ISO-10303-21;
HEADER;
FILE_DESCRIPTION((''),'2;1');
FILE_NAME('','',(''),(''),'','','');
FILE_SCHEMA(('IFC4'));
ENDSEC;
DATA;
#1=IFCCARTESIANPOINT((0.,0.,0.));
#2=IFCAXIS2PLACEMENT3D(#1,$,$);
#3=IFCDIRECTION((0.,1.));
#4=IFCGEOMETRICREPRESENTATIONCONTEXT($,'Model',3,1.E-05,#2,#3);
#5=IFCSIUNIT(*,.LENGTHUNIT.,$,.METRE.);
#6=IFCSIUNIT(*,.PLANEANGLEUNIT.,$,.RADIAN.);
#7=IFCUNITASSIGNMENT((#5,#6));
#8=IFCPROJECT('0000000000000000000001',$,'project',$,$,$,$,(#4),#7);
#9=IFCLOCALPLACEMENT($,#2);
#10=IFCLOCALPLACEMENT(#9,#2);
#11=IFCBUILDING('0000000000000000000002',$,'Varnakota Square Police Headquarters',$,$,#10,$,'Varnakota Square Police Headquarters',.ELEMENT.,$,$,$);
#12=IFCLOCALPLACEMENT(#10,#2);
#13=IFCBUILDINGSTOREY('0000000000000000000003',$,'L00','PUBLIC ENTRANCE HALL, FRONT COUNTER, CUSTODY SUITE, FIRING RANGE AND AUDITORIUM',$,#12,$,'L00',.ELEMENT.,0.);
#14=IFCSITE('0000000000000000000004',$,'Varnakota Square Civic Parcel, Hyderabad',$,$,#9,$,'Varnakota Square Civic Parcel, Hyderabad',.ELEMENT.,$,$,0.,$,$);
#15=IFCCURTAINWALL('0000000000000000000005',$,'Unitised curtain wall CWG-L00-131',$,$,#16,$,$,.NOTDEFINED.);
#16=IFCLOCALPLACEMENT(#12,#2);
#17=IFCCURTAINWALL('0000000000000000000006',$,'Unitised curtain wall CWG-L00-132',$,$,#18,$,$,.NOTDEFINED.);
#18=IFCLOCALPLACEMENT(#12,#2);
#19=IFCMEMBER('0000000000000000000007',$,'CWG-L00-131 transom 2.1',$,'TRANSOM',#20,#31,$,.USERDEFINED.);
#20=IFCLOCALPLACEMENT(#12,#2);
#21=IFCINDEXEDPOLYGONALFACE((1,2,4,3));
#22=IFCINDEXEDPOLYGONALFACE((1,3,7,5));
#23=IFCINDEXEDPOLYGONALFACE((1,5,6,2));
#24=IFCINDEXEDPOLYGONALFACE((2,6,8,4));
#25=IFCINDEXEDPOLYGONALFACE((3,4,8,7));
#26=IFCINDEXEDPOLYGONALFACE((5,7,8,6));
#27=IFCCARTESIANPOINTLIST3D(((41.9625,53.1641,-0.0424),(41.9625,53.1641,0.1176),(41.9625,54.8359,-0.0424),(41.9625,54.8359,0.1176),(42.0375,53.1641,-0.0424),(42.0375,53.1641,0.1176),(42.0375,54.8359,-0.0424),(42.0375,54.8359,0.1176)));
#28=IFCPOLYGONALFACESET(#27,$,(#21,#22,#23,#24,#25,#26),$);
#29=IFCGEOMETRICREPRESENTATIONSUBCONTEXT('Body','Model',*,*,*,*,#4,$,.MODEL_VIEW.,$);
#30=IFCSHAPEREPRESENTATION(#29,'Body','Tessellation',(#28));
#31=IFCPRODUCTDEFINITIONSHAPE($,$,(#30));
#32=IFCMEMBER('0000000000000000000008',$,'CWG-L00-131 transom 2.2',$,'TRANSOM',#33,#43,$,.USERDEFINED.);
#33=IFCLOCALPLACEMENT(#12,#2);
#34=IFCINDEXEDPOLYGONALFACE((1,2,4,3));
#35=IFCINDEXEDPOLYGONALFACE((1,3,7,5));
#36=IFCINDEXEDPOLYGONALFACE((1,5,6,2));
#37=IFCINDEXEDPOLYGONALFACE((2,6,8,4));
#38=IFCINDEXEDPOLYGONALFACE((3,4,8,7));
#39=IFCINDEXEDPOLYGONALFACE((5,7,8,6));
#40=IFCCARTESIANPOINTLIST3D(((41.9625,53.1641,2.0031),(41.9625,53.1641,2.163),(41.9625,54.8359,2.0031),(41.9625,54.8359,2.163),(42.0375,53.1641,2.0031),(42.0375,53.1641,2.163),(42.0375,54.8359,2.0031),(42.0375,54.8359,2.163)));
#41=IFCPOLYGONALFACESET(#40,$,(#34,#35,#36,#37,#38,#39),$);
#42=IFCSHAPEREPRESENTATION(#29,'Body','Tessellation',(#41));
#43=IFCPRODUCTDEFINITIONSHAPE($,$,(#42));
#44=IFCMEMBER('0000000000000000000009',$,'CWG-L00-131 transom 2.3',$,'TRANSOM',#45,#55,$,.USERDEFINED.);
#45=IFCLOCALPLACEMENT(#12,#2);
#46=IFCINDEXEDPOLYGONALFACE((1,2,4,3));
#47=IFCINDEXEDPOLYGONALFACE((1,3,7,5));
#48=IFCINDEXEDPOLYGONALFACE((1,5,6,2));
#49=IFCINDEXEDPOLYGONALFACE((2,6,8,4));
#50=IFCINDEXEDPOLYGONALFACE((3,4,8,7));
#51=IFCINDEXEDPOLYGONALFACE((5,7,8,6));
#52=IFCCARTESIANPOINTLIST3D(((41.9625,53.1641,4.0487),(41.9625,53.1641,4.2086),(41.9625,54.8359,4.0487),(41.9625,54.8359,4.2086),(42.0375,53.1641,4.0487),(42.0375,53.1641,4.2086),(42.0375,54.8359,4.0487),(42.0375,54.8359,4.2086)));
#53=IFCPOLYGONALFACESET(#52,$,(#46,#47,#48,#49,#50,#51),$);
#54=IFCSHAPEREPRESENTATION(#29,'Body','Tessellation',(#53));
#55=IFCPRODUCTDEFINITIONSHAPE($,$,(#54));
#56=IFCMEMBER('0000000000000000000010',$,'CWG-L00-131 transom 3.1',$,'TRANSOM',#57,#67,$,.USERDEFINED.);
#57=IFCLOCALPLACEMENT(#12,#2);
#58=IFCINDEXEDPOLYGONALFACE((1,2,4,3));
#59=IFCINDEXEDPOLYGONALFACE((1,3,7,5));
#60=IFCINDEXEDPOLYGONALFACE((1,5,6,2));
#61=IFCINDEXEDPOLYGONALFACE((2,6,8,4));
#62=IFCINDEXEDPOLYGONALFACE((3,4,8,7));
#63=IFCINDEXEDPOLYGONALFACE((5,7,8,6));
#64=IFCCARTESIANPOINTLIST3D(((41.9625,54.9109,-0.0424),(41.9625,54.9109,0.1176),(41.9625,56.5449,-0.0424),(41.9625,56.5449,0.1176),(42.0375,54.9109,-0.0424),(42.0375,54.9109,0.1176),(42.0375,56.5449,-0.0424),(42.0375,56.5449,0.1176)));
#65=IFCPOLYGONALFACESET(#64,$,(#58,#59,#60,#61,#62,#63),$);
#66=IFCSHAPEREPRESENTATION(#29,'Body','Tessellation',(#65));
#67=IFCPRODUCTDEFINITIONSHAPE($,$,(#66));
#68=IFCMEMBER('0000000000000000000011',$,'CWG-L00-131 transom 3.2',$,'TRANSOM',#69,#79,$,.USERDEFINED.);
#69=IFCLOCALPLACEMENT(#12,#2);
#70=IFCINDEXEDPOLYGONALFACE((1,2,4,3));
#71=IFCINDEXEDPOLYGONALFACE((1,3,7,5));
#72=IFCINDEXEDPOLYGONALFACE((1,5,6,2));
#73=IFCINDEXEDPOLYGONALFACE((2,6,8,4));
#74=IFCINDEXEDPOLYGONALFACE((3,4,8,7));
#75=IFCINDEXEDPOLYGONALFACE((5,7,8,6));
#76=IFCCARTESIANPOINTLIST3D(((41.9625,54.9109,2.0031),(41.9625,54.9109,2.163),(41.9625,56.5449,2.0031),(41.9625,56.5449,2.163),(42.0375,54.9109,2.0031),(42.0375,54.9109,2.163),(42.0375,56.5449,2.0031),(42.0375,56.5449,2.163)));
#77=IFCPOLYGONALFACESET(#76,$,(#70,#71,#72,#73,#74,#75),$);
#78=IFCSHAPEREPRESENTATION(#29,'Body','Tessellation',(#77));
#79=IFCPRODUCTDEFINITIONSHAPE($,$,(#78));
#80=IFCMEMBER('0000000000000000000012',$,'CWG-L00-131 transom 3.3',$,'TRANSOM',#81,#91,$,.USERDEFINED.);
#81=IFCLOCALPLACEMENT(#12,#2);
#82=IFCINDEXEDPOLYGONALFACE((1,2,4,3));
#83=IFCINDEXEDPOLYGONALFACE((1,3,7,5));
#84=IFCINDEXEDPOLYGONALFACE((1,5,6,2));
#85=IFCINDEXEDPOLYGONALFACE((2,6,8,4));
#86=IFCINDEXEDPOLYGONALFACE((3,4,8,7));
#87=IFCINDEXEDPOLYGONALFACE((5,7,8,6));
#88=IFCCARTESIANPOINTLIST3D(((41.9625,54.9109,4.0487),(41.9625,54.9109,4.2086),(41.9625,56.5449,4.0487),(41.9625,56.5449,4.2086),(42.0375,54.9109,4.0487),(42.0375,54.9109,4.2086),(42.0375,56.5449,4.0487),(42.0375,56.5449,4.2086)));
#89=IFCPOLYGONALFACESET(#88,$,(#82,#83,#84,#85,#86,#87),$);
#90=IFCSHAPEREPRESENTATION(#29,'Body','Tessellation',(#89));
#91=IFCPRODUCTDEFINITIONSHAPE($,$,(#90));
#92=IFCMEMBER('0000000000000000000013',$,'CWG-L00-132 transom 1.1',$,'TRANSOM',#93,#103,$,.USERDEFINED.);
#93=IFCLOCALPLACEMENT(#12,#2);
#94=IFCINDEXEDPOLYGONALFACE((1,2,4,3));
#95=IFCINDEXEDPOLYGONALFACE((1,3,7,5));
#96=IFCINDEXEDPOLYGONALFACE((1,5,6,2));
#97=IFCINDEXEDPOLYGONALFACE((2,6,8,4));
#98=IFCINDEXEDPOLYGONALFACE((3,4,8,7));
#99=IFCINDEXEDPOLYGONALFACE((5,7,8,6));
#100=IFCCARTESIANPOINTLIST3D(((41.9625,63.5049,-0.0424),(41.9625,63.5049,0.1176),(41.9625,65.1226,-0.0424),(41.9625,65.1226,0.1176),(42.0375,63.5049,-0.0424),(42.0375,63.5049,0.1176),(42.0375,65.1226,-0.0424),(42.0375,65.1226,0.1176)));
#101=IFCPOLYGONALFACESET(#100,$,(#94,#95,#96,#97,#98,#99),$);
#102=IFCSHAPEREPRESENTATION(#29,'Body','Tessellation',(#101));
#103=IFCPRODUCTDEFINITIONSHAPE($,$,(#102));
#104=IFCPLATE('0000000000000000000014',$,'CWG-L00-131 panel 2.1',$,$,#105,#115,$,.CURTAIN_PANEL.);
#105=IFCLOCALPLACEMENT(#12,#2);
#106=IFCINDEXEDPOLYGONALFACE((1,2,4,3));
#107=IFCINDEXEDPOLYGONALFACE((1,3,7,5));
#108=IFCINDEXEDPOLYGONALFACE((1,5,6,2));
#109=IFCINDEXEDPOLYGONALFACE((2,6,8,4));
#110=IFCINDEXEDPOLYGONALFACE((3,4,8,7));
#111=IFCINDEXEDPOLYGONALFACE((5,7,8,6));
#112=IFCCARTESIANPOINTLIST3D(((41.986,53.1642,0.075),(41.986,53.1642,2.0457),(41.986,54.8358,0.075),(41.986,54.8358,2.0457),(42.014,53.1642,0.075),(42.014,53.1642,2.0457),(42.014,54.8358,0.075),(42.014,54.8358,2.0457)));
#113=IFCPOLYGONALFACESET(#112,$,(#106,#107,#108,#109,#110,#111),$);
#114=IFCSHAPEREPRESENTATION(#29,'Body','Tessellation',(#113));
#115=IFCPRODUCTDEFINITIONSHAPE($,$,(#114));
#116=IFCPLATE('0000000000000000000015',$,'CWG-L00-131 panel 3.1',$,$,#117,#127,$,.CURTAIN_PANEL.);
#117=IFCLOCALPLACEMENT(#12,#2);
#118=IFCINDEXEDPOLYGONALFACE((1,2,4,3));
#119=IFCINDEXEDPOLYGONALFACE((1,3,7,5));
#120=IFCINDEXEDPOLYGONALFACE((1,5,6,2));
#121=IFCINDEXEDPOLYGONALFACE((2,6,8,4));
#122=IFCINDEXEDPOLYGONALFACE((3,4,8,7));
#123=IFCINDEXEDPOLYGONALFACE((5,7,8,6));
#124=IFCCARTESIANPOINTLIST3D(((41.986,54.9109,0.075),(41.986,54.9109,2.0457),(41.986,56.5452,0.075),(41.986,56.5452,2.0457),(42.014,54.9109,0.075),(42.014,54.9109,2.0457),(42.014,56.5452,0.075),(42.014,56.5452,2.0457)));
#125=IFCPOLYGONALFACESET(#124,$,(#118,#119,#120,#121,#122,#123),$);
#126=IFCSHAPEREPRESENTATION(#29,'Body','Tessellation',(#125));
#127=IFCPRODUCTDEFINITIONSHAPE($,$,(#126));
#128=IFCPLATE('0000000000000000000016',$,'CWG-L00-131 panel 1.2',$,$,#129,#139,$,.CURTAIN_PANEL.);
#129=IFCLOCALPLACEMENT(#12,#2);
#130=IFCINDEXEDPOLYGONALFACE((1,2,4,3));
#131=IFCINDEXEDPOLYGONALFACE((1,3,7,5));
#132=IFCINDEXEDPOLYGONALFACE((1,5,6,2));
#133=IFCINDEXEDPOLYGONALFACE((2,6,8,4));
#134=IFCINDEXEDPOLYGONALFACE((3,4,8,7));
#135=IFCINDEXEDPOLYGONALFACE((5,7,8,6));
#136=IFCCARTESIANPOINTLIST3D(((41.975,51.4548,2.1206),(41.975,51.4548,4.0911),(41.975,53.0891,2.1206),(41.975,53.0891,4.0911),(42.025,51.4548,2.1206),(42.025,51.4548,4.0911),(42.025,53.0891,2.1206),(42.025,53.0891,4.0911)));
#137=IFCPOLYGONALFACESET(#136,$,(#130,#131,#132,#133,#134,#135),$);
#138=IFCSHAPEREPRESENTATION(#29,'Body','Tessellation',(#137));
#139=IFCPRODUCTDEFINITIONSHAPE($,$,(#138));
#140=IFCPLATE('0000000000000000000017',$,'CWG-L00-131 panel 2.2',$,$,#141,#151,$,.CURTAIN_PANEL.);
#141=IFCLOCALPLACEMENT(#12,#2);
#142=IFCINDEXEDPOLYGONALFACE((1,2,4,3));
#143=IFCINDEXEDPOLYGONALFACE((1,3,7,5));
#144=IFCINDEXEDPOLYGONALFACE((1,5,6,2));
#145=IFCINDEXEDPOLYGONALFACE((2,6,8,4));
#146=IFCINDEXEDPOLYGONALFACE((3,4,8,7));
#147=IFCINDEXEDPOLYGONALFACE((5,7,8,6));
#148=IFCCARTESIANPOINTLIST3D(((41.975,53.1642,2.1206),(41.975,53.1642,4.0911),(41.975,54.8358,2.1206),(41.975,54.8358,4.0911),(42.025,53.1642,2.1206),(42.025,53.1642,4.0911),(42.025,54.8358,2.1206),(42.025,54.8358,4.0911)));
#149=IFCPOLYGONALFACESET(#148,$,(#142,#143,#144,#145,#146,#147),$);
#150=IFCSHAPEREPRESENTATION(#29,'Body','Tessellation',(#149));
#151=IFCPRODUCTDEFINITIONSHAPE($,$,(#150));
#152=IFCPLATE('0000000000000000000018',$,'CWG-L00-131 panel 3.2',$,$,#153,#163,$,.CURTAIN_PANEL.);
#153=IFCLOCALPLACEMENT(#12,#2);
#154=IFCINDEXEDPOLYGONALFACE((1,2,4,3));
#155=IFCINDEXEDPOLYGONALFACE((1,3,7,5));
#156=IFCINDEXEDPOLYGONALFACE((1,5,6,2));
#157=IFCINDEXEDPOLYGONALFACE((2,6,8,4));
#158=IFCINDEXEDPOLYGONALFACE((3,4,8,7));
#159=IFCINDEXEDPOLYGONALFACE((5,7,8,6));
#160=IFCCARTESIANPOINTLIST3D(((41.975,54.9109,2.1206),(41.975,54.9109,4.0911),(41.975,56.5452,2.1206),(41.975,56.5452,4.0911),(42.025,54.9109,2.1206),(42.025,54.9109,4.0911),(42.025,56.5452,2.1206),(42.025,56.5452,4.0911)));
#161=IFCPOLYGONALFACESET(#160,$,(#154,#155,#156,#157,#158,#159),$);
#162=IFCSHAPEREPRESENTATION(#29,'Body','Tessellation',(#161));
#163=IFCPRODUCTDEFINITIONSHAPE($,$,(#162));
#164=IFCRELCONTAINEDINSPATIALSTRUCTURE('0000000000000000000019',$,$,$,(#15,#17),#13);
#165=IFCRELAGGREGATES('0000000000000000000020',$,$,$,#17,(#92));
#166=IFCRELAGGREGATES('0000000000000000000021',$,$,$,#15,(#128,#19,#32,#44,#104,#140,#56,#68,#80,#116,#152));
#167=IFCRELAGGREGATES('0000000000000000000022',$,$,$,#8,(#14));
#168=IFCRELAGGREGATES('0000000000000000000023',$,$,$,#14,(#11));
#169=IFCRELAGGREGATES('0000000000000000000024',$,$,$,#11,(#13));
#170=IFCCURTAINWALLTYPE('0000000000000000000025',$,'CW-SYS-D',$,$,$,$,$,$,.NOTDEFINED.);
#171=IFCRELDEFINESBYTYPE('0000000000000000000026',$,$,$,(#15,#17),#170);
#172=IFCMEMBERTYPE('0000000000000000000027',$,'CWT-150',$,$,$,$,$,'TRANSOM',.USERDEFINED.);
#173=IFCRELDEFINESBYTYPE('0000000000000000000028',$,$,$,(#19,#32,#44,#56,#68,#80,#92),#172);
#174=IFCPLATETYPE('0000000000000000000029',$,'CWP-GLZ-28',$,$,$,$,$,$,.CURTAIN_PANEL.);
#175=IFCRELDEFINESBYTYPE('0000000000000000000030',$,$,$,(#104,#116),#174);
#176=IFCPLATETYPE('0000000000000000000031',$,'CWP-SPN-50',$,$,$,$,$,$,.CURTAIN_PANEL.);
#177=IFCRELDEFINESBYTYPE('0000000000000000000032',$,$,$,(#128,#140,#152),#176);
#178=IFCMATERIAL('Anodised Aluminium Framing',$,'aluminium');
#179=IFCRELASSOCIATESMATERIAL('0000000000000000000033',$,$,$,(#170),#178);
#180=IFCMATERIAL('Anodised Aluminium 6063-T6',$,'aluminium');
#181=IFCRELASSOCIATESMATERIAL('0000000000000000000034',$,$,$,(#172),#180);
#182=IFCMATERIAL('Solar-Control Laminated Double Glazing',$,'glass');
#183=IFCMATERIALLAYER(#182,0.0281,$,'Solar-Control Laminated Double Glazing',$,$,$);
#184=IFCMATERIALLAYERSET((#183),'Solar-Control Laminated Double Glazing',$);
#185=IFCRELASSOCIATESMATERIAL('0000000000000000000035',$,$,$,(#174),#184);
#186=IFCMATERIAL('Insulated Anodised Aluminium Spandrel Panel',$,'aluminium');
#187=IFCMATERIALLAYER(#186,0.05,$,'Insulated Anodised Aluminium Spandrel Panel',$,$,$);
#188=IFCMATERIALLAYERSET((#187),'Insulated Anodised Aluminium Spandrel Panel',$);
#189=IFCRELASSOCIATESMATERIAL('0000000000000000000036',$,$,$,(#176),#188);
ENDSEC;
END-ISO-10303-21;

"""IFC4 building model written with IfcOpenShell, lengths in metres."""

from ifc_helpers import new_model, si_unit, direction, frame, origin, origin_2d, place, context, subcontext, project, spatial, rectangle, extrude, material, layer, layer_set, material_profile, profile_set, type_object, element, aggregate, save


model = new_model("IFC4")

# Units and contexts
model_context = context("Model", 3, precision=1e-05, world=origin(), true_north=direction((0.0, 1.0)))
body_context = subcontext(model_context, "Body", "Model", "MODEL_VIEW")
ifc_project = project(units=[si_unit("LENGTHUNIT", "METRE"), si_unit("PLANEANGLEUNIT", "RADIAN")], contexts=[model_context])

# Site, building, storey
site_placement = place(None, origin())
site = spatial("IfcSite", under=ifc_project, at=site_placement, Name="Varnakota Square Civic Parcel, Hyderabad", LongName="Varnakota Square Civic Parcel, Hyderabad", CompositionType="ELEMENT", RefElevation=0.0)
building_placement = place(site_placement, origin())
building = spatial("IfcBuilding", under=site, at=building_placement, Name="Varnakota Square Police Headquarters", LongName="Varnakota Square Police Headquarters", CompositionType="ELEMENT")
storey_placement = place(building_placement, origin())
storey = spatial("IfcBuildingStorey", under=building, at=storey_placement, Name="L00", Description="PUBLIC ENTRANCE HALL, FRONT COUNTER, CUSTODY SUITE, FIRING RANGE AND AUDITORIUM", LongName="L00", CompositionType="ELEMENT", Elevation=0.0)

# Curtain wall
ifc_material_1 = material(Name="Anodised Aluminium Framing", Category="aluminium")
curtain_wall_type = type_object("IfcCurtainWallType", Name="CW-SYS-D", PredefinedType="NOTDEFINED", material=ifc_material_1)
curtain_wall_1_placement = place(storey_placement, origin())
curtain_wall_1 = element("IfcCurtainWall", 1, at=curtain_wall_1_placement, inside=storey, type_object=curtain_wall_type, Name="Unitised curtain wall CWG-L00-131", PredefinedType="NOTDEFINED")
ifc_material_2 = material(Name="Anodised Aluminium 6063-T6", Category="aluminium")

# Curtain wall
curtain_wall_2_placement = place(storey_placement, origin())
curtain_wall_2 = element("IfcCurtainWall", 2, at=curtain_wall_2_placement, inside=storey, type_object=curtain_wall_type, Name="Unitised curtain wall CWG-L00-132", PredefinedType="NOTDEFINED")

# Members
ifc_material_profile_1 = material_profile(ifc_material_2, rectangle(XDim=0.075, YDim=0.1599, at=origin_2d()), Name="ALU TRANSOM 75x160")
ifc_profile_set_1 = profile_set([ifc_material_profile_1], Name="Anodised Aluminium 6063-T6")
member_type_1 = type_object("IfcMemberType", Name="CWT-150", ElementType="TRANSOM", PredefinedType="USERDEFINED", material=ifc_profile_set_1)
member_1_placement = place(storey_placement, frame((42.0, 53.1641, 0.0376), z_axis=(0.0, 1.0, 0.0), x_axis=(-1.0, 0.0, 0.0)))
member_1 = element("IfcMember", 3, at=member_1_placement, type_object=member_type_1, Name="CWG-L00-131 transom 2.1", ObjectType="TRANSOM", PredefinedType="USERDEFINED", context=body_context, shape_type="SweptSolid", body=[
    extrude(rectangle(XDim=0.075, YDim=0.1599, at=origin_2d()), origin(), (0.0, 0.0, 1.0), 1.6719),
])
member_2_placement = place(storey_placement, frame((42.0, 53.1641, 2.083), z_axis=(0.0, 1.0, 0.0), x_axis=(-1.0, 0.0, 0.0)))
member_2 = element("IfcMember", 4, at=member_2_placement, type_object=member_type_1, Name="CWG-L00-131 transom 2.2", ObjectType="TRANSOM", PredefinedType="USERDEFINED", context=body_context, shape_type="SweptSolid", body=[
    extrude(rectangle(XDim=0.075, YDim=0.1599, at=origin_2d()), origin(), (0.0, 0.0, 1.0), 1.6719),
])
member_3_placement = place(storey_placement, frame((42.0, 53.1641, 4.1287), z_axis=(0.0, 1.0, 0.0), x_axis=(-1.0, 0.0, 0.0)))
member_3 = element("IfcMember", 5, at=member_3_placement, type_object=member_type_1, Name="CWG-L00-131 transom 2.3", ObjectType="TRANSOM", PredefinedType="USERDEFINED", context=body_context, shape_type="SweptSolid", body=[
    extrude(rectangle(XDim=0.075, YDim=0.1599, at=origin_2d()), origin(), (0.0, 0.0, 1.0), 1.6719),
])
member_4_placement = place(storey_placement, frame((42.0, 54.9109, 0.0376), z_axis=(0.0, 1.0, 0.0), x_axis=(-1.0, 0.0, 0.0)))
member_4 = element("IfcMember", 6, at=member_4_placement, type_object=member_type_1, Name="CWG-L00-131 transom 3.1", ObjectType="TRANSOM", PredefinedType="USERDEFINED", context=body_context, shape_type="SweptSolid", body=[
    extrude(rectangle(XDim=0.075, YDim=0.1599, at=origin_2d()), origin(), (0.0, 0.0, 1.0), 1.634),
])
member_5_placement = place(storey_placement, frame((42.0, 54.9109, 2.083), z_axis=(0.0, 1.0, 0.0), x_axis=(-1.0, 0.0, 0.0)))
member_5 = element("IfcMember", 7, at=member_5_placement, type_object=member_type_1, Name="CWG-L00-131 transom 3.2", ObjectType="TRANSOM", PredefinedType="USERDEFINED", context=body_context, shape_type="SweptSolid", body=[
    extrude(rectangle(XDim=0.075, YDim=0.1599, at=origin_2d()), origin(), (0.0, 0.0, 1.0), 1.634),
])
member_6_placement = place(storey_placement, frame((42.0, 54.9109, 4.1287), z_axis=(0.0, 1.0, 0.0), x_axis=(-1.0, 0.0, 0.0)))
member_6 = element("IfcMember", 8, at=member_6_placement, type_object=member_type_1, Name="CWG-L00-131 transom 3.3", ObjectType="TRANSOM", PredefinedType="USERDEFINED", context=body_context, shape_type="SweptSolid", body=[
    extrude(rectangle(XDim=0.075, YDim=0.1599, at=origin_2d()), origin(), (0.0, 0.0, 1.0), 1.634),
])
member_7_placement = place(storey_placement, frame((42.0, 63.5049, 0.0376), z_axis=(0.0, 1.0, 0.0), x_axis=(-1.0, 0.0, 0.0)))
member_7 = element("IfcMember", 9, at=member_7_placement, type_object=member_type_1, Name="CWG-L00-132 transom 1.1", ObjectType="TRANSOM", PredefinedType="USERDEFINED", context=body_context, shape_type="SweptSolid", body=[
    extrude(rectangle(XDim=0.075, YDim=0.1599, at=origin_2d()), origin(), (0.0, 0.0, 1.0), 1.6177),
])
aggregate(curtain_wall_2, [member_7])

# Plates
ifc_material_3 = material(Name="Solar-Control Laminated Double Glazing", Category="glass")
ifc_layer_1 = layer(ifc_material_3, 0.0281, Name="Solar-Control Laminated Double Glazing")
ifc_layer_set_1 = layer_set([ifc_layer_1], Name="Solar-Control Laminated Double Glazing")
plate_type_1 = type_object("IfcPlateType", Name="CWP-GLZ-28", PredefinedType="CURTAIN_PANEL", material=ifc_layer_set_1)
plate_1_placement = place(storey_placement, frame((42.0, 54.0, 0.075), z_axis=(0.0, 0.0, 1.0), x_axis=(0.0, 1.0, 0.0)))
plate_1 = element("IfcPlate", 10, at=plate_1_placement, type_object=plate_type_1, Name="CWG-L00-131 panel 2.1", PredefinedType="CURTAIN_PANEL", context=body_context, shape_type="SweptSolid", body=[
    extrude(rectangle(XDim=1.6716, YDim=0.0281, at=origin_2d()), origin(), (0.0, 0.0, 1.0), 1.9707),
])
plate_2_placement = place(storey_placement, frame((42.0, 55.728, 0.075), z_axis=(0.0, 0.0, 1.0), x_axis=(0.0, 1.0, 0.0)))
plate_2 = element("IfcPlate", 11, at=plate_2_placement, type_object=plate_type_1, Name="CWG-L00-131 panel 3.1", PredefinedType="CURTAIN_PANEL", context=body_context, shape_type="SweptSolid", body=[
    extrude(rectangle(XDim=1.6343, YDim=0.0281, at=origin_2d()), origin(), (0.0, 0.0, 1.0), 1.9707),
])
ifc_material_4 = material(Name="Insulated Anodised Aluminium Spandrel Panel", Category="aluminium")
ifc_layer_2 = layer(ifc_material_4, 0.05, Name="Insulated Anodised Aluminium Spandrel Panel")
ifc_layer_set_2 = layer_set([ifc_layer_2], Name="Insulated Anodised Aluminium Spandrel Panel")
plate_type_2 = type_object("IfcPlateType", Name="CWP-SPN-50", PredefinedType="CURTAIN_PANEL", material=ifc_layer_set_2)
plate_3_placement = place(storey_placement, frame((42.0, 52.272, 2.1206), z_axis=(0.0, 0.0, 1.0), x_axis=(0.0, 1.0, 0.0)))
plate_3 = element("IfcPlate", 12, at=plate_3_placement, type_object=plate_type_2, Name="CWG-L00-131 panel 1.2", PredefinedType="CURTAIN_PANEL", context=body_context, shape_type="SweptSolid", body=[
    extrude(rectangle(XDim=1.6343, YDim=0.05, at=origin_2d()), origin(), (0.0, 0.0, 1.0), 1.9705),
])
plate_4_placement = place(storey_placement, frame((42.0, 54.0, 2.1206), z_axis=(0.0, 0.0, 1.0), x_axis=(0.0, 1.0, 0.0)))
plate_4 = element("IfcPlate", 13, at=plate_4_placement, type_object=plate_type_2, Name="CWG-L00-131 panel 2.2", PredefinedType="CURTAIN_PANEL", context=body_context, shape_type="SweptSolid", body=[
    extrude(rectangle(XDim=1.6716, YDim=0.05, at=origin_2d()), origin(), (0.0, 0.0, 1.0), 1.9705),
])
plate_5_placement = place(storey_placement, frame((42.0, 55.728, 2.1206), z_axis=(0.0, 0.0, 1.0), x_axis=(0.0, 1.0, 0.0)))
plate_5 = element("IfcPlate", 14, at=plate_5_placement, type_object=plate_type_2, Name="CWG-L00-131 panel 3.2", PredefinedType="CURTAIN_PANEL", context=body_context, shape_type="SweptSolid", body=[
    extrude(rectangle(XDim=1.6343, YDim=0.05, at=origin_2d()), origin(), (0.0, 0.0, 1.0), 1.9705),
])
aggregate(curtain_wall_1, [plate_3, member_1, member_2, member_3, plate_1, plate_4, member_4, member_5, member_6, plate_2, plate_5])

save(model, "model.ifc")
